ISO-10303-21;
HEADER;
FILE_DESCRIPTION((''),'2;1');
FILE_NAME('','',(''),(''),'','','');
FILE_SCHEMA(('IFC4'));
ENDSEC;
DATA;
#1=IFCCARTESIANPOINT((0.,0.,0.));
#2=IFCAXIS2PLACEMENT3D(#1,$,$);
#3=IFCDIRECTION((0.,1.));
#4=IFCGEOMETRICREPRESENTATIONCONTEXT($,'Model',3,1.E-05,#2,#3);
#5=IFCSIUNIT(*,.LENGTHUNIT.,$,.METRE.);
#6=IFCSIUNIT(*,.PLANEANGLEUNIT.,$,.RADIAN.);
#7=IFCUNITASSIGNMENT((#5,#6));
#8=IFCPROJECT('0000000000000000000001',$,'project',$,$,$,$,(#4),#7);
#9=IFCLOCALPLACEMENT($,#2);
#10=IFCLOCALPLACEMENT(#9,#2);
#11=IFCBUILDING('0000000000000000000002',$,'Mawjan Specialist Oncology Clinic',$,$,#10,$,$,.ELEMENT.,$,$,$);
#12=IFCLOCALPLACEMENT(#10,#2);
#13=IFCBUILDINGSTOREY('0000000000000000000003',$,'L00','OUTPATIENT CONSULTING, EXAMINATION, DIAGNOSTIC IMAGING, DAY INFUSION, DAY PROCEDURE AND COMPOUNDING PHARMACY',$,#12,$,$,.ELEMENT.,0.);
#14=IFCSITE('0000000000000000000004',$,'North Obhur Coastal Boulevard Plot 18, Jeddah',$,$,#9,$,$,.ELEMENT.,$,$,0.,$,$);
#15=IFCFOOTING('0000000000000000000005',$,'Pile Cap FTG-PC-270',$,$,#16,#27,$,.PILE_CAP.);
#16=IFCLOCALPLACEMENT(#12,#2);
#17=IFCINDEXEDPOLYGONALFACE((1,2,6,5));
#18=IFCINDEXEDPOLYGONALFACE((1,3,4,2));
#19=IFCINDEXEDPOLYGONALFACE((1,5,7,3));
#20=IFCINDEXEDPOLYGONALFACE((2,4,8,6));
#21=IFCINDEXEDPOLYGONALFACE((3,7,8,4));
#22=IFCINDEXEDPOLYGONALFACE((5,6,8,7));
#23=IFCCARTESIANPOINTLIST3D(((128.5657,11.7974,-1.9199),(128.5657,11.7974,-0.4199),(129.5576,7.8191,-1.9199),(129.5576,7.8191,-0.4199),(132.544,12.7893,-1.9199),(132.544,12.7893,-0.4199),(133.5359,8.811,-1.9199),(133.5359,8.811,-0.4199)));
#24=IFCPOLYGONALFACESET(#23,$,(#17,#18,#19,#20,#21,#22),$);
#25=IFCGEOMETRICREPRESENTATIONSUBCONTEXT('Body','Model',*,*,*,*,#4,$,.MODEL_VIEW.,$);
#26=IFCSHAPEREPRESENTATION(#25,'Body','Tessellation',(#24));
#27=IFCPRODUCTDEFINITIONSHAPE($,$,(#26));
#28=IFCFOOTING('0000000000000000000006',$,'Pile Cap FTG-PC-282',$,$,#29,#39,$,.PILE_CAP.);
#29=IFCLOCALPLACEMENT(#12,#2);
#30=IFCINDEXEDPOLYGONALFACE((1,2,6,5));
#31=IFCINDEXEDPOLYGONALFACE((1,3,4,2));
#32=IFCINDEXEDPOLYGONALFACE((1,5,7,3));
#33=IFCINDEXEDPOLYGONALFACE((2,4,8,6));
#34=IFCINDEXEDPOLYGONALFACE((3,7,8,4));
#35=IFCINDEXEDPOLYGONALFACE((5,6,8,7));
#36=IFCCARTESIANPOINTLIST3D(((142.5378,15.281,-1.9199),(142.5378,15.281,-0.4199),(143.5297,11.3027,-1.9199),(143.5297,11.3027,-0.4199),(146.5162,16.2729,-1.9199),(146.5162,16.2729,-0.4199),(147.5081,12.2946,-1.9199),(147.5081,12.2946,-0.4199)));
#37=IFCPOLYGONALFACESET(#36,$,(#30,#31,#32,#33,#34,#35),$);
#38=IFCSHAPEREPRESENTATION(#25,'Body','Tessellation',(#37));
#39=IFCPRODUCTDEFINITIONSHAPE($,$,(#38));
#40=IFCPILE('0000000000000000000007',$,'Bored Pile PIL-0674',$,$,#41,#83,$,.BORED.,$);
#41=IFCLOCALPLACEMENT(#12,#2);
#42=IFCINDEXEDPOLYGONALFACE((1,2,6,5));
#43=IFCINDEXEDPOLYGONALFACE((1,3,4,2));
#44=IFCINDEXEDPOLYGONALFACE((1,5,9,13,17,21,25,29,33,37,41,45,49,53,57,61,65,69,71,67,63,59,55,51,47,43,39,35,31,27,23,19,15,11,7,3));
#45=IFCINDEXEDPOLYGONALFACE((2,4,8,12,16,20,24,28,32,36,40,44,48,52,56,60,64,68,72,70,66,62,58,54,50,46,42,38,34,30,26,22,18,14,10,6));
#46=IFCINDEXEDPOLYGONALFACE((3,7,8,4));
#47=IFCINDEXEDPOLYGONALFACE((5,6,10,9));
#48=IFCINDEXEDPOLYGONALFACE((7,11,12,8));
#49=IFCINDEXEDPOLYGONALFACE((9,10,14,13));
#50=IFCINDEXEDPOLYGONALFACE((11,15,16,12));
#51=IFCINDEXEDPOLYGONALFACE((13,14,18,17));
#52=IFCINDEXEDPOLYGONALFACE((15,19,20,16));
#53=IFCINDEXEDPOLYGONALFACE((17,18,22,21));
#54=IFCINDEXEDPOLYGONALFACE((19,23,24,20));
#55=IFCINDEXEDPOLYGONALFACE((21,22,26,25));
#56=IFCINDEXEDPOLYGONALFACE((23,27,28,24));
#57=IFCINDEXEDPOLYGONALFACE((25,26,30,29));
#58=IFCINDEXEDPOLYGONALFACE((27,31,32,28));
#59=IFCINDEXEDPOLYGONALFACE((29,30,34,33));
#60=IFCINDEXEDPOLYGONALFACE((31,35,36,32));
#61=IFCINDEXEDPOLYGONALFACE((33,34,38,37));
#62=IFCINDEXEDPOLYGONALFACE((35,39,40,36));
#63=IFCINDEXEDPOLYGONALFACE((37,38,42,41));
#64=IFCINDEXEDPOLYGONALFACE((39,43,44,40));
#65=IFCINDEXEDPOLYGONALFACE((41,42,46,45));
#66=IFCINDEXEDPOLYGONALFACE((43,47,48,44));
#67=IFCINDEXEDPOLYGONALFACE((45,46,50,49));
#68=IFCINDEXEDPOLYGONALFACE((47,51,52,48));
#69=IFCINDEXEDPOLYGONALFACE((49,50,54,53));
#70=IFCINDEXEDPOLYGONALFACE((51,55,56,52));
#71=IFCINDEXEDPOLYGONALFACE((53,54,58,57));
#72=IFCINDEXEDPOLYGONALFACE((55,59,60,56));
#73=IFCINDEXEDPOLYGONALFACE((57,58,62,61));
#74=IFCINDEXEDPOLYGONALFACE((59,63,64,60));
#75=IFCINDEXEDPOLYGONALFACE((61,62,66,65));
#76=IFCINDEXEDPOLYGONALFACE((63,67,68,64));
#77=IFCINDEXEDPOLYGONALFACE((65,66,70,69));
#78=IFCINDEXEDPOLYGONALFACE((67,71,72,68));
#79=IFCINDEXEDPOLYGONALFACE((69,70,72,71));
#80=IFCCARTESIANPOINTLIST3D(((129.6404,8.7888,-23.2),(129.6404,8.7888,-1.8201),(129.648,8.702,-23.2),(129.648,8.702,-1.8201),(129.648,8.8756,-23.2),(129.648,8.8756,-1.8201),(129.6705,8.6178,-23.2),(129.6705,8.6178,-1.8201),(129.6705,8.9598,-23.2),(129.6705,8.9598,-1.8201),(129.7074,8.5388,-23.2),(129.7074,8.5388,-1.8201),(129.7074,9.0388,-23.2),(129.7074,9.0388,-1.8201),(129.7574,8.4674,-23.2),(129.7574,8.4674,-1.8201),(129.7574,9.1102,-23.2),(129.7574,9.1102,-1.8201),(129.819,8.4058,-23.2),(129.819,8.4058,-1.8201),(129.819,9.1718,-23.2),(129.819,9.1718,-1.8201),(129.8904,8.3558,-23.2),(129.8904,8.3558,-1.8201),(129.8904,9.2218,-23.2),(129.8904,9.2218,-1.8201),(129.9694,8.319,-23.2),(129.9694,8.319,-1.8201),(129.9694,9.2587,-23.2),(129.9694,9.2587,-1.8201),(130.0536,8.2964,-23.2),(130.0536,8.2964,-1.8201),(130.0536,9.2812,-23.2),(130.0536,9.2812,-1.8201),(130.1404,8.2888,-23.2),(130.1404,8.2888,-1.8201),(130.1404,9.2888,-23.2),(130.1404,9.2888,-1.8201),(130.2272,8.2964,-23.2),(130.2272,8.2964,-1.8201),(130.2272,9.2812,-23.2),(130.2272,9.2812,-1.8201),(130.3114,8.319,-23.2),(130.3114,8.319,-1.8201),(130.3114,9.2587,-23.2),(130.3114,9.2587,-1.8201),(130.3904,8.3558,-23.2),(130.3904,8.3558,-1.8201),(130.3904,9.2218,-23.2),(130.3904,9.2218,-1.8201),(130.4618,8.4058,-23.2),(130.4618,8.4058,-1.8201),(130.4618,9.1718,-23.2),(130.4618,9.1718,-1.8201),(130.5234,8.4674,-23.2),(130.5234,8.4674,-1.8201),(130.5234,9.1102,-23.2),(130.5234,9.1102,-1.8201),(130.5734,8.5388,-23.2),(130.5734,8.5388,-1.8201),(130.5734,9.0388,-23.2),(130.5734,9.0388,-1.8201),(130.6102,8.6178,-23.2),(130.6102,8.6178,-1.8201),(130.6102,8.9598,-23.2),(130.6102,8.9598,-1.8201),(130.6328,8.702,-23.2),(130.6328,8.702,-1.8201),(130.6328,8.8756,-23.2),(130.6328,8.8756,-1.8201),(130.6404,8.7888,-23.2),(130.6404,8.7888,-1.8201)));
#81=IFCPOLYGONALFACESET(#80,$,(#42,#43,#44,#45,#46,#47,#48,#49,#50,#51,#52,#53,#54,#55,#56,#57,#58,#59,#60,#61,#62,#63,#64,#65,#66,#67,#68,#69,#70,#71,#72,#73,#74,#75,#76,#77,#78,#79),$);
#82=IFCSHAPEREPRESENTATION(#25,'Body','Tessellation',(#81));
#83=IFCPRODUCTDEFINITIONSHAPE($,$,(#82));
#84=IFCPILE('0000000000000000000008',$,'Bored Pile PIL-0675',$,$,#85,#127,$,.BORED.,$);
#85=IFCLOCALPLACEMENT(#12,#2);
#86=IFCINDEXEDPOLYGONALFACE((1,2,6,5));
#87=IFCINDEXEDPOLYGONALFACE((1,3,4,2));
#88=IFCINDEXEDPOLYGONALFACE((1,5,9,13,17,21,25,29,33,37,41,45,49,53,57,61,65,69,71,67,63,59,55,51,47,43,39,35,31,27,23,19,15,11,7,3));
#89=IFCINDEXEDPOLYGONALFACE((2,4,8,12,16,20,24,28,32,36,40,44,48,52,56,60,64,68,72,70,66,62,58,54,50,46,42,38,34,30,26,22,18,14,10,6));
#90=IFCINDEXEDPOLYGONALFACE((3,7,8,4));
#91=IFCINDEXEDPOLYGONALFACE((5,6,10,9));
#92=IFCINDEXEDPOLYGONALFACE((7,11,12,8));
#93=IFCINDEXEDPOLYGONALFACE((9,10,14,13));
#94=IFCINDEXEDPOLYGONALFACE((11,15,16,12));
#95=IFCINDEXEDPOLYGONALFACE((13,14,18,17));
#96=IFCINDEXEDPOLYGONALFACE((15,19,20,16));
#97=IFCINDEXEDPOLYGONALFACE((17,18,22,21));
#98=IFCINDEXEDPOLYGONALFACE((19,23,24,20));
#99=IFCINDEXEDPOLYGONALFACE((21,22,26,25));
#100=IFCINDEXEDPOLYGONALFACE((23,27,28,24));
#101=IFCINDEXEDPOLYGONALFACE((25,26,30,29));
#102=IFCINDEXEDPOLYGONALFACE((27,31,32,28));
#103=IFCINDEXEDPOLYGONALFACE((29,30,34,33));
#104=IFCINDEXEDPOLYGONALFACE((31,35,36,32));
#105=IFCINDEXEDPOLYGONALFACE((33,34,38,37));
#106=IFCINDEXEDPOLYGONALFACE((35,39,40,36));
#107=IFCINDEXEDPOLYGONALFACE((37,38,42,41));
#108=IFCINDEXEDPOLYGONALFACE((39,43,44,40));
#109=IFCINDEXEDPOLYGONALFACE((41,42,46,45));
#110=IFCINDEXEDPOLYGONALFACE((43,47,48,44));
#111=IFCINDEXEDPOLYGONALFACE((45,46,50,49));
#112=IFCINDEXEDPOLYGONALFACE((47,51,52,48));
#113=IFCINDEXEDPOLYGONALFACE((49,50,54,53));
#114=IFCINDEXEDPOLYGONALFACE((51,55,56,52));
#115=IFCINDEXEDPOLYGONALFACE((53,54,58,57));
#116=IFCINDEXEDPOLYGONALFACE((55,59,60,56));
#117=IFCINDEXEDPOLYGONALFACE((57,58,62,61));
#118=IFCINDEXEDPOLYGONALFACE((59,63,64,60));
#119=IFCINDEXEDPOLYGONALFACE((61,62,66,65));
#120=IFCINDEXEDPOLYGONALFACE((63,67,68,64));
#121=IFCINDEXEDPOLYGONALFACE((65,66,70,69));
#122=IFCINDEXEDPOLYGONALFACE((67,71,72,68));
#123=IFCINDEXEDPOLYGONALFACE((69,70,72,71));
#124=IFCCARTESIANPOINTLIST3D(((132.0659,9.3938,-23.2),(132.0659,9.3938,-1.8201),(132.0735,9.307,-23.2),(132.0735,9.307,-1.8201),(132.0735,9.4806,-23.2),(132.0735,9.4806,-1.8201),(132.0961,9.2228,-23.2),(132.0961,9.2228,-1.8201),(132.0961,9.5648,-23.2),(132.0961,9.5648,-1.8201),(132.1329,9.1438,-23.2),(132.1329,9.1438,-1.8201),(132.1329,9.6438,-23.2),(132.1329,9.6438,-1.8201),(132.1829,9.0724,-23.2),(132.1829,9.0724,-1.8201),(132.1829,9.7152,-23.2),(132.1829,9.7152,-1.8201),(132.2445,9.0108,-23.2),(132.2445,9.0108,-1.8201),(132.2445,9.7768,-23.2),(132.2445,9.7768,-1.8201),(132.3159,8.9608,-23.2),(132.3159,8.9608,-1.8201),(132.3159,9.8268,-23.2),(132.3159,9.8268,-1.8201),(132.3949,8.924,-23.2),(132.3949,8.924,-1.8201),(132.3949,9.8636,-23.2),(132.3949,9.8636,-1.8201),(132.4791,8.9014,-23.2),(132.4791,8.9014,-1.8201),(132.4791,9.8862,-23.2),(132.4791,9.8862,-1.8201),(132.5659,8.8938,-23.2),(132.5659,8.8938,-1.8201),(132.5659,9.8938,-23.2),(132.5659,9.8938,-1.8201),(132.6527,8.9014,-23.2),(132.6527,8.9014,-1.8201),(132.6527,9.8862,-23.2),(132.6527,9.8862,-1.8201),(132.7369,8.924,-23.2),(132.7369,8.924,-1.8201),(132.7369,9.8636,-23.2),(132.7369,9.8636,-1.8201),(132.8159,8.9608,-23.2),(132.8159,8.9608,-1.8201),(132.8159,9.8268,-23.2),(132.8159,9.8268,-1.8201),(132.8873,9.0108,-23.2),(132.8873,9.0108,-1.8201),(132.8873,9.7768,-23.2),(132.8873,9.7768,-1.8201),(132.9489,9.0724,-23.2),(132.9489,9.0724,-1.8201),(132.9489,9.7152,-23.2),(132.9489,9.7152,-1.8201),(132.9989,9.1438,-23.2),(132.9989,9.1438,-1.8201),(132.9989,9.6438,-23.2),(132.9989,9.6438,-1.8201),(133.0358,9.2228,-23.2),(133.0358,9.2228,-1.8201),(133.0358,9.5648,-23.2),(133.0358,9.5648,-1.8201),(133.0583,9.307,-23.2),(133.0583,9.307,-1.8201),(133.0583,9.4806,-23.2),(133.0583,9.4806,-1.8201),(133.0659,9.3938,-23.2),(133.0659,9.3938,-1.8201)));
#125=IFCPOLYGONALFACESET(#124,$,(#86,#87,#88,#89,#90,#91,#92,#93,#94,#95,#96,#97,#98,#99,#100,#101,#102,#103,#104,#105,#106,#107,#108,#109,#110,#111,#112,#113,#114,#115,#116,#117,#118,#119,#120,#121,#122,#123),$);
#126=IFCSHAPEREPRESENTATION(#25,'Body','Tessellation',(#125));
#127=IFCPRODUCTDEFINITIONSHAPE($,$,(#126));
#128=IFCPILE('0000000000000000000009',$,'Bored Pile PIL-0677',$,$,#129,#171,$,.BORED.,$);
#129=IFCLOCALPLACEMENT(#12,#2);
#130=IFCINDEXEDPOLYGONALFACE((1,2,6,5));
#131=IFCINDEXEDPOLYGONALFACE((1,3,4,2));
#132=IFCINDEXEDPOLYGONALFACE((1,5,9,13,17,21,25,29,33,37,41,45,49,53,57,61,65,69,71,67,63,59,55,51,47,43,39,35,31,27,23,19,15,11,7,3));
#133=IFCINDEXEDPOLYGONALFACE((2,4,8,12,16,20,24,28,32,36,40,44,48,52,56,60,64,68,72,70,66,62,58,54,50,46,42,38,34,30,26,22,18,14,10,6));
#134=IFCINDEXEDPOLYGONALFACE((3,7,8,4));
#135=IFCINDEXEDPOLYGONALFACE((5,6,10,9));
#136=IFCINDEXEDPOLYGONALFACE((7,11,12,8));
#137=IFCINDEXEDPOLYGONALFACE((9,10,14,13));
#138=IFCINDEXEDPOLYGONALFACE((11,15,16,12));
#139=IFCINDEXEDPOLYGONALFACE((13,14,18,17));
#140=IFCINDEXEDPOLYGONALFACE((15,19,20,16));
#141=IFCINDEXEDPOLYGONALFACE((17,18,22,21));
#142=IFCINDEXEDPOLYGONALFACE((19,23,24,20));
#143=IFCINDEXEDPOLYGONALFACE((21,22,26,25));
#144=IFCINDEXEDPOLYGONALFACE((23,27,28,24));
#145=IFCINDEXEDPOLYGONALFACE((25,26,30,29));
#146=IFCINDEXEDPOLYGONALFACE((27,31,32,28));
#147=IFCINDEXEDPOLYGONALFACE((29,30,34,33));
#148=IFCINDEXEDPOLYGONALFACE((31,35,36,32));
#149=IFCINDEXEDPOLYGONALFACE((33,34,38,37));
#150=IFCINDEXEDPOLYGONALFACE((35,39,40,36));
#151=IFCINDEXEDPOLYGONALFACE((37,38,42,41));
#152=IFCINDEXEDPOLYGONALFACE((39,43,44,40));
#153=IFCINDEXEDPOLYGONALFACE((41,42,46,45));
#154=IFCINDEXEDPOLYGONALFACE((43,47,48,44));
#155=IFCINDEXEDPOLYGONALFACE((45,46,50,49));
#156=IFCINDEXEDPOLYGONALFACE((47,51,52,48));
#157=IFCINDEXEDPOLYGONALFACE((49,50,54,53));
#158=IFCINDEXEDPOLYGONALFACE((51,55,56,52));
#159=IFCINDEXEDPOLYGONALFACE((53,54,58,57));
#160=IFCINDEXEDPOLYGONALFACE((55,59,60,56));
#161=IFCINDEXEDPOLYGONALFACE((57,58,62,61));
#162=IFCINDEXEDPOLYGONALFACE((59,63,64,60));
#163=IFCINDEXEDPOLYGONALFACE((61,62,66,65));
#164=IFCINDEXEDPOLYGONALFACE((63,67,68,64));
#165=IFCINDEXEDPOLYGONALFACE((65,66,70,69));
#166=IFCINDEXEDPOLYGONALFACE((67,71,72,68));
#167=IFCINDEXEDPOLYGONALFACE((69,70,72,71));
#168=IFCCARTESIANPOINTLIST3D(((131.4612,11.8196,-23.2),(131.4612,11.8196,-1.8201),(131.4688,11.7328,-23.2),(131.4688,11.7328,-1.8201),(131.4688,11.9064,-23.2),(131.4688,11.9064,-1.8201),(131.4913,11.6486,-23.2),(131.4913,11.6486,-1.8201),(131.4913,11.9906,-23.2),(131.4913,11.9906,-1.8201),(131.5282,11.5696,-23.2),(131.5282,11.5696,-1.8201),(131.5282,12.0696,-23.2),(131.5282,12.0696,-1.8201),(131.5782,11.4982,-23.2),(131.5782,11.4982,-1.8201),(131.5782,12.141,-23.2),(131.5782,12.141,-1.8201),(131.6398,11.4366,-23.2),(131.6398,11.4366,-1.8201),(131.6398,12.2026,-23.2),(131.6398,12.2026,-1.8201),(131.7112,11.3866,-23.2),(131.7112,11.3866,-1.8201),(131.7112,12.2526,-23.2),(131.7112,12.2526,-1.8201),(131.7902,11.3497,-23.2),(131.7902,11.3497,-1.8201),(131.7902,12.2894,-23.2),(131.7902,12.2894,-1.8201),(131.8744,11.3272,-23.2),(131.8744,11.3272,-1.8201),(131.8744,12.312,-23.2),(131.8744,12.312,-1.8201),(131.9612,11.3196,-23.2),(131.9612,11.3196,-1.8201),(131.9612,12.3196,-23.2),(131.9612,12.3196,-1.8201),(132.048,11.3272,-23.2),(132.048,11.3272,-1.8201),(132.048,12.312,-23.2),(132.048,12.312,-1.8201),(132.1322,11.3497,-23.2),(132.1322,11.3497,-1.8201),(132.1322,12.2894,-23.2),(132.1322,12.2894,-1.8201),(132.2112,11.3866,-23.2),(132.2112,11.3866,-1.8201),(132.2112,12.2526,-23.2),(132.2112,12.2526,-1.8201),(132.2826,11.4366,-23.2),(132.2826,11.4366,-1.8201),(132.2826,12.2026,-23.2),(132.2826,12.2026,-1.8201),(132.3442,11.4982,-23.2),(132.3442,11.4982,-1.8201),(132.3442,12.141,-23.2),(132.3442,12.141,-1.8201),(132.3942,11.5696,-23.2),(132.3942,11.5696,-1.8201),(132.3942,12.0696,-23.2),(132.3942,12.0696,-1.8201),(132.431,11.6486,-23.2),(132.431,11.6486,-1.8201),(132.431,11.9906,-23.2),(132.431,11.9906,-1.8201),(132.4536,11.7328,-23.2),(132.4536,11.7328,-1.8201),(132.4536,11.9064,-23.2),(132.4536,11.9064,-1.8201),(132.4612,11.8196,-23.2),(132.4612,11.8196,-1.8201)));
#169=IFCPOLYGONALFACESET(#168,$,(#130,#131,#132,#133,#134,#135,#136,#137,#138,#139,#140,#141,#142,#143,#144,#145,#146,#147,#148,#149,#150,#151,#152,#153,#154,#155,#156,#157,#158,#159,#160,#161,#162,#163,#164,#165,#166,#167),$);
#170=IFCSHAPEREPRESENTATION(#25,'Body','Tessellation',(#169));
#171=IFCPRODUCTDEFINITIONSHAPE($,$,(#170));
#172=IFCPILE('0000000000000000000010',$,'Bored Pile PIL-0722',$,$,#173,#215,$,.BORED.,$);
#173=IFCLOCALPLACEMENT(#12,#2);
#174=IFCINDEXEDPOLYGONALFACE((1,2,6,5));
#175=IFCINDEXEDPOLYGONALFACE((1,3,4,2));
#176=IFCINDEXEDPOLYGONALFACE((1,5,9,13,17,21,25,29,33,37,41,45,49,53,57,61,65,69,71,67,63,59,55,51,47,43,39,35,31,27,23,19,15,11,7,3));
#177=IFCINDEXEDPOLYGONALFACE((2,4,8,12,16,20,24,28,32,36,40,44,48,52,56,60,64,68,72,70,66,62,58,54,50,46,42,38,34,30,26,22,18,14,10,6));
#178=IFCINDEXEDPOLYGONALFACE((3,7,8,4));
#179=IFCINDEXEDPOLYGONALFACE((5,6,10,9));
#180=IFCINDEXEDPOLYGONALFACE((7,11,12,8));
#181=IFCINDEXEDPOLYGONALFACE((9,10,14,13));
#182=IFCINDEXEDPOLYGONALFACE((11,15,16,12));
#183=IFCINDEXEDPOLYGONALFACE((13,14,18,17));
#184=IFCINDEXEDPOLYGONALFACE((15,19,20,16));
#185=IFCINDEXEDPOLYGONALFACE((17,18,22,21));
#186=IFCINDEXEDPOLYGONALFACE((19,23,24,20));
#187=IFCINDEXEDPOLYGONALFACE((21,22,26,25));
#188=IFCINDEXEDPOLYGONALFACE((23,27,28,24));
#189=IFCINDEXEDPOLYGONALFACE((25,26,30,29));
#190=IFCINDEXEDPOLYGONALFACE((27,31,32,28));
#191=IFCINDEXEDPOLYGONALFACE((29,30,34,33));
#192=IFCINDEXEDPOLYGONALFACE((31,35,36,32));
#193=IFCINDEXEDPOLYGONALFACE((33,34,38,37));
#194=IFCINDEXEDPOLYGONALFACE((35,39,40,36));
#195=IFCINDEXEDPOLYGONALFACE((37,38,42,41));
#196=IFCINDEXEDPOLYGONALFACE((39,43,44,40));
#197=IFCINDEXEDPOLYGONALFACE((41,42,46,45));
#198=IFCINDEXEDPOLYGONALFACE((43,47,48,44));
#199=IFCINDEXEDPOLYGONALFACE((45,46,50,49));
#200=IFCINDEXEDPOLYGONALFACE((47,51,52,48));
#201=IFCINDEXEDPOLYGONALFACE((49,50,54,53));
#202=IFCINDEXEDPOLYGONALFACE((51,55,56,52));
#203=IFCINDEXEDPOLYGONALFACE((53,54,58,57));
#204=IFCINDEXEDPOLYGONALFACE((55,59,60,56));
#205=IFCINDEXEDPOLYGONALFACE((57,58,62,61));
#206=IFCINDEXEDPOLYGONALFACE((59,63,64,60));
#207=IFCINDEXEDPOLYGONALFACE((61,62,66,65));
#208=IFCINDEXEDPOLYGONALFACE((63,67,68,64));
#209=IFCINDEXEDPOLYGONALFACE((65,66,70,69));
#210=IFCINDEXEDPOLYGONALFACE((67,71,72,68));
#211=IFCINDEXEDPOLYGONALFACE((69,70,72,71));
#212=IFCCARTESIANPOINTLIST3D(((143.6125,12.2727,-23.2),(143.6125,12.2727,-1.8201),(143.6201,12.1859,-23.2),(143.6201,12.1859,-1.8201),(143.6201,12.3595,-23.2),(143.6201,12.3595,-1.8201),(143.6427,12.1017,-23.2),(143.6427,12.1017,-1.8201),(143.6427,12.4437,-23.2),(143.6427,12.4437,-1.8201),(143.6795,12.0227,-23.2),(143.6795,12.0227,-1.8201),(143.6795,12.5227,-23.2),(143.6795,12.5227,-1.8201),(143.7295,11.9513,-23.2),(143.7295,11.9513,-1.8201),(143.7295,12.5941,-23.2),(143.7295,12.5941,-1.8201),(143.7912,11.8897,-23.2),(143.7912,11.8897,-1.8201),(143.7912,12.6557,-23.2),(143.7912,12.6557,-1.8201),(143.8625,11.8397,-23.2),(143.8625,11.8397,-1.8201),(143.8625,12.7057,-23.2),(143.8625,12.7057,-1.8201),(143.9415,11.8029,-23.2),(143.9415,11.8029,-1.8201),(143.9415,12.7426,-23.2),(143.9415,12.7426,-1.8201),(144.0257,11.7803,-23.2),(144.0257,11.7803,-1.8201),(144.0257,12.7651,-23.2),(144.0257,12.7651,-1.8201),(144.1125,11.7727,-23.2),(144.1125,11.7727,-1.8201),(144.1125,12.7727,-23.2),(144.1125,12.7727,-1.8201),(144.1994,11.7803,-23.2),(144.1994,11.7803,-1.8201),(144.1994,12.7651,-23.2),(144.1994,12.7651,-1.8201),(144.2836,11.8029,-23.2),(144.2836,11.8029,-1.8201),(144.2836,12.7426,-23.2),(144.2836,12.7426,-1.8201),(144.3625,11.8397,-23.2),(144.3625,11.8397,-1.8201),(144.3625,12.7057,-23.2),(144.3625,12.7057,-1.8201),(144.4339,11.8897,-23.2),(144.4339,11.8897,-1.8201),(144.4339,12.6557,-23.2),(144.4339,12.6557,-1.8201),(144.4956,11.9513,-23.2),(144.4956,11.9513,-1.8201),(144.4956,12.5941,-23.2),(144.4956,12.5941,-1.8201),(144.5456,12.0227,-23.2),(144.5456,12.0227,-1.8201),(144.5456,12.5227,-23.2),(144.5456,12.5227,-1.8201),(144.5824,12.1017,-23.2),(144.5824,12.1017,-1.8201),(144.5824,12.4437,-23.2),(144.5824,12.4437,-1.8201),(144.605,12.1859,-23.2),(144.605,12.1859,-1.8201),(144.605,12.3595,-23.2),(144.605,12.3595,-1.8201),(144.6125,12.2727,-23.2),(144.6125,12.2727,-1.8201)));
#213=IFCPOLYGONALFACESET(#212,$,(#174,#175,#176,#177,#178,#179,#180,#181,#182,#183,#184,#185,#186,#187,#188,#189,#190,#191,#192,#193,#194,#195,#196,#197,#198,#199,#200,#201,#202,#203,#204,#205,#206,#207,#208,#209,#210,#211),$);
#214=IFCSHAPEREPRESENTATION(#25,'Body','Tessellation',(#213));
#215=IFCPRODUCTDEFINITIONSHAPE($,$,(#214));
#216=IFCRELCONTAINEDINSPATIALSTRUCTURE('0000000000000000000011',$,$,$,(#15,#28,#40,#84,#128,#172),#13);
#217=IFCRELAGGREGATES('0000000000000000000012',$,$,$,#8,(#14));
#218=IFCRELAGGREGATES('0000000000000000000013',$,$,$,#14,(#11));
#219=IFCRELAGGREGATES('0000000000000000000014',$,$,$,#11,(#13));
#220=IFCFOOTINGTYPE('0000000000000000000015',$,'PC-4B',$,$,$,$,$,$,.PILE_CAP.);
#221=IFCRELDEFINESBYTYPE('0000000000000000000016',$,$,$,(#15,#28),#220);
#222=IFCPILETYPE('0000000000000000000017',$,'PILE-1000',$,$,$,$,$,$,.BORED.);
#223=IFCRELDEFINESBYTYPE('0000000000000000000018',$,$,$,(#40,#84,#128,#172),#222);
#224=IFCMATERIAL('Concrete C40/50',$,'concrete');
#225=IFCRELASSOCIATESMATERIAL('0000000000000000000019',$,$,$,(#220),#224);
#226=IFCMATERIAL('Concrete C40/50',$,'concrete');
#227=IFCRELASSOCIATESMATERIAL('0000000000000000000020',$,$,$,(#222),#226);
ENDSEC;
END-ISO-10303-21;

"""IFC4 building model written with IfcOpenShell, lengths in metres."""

from ifc_helpers import new_model, si_unit, direction, frame, origin, origin_2d, place, context, subcontext, project, spatial, rectangle, circle, extrude, material, material_profile, profile_set, type_object, element, save


model = new_model("IFC4")

# Units and contexts
model_context = context("Model", 3, precision=1e-05, world=origin(), true_north=direction((0.0, 1.0)))
body_context = subcontext(model_context, "Body", "Model", "MODEL_VIEW")
ifc_project = project(units=[si_unit("LENGTHUNIT", "METRE"), si_unit("PLANEANGLEUNIT", "RADIAN")], contexts=[model_context])

# Site, building, storey
site_placement = place(None, origin())
site = spatial("IfcSite", under=ifc_project, at=site_placement, Name="North Obhur Coastal Boulevard Plot 18, Jeddah", CompositionType="ELEMENT", RefElevation=0.0)
building_placement = place(site_placement, origin())
building = spatial("IfcBuilding", under=site, at=building_placement, Name="Mawjan Specialist Oncology Clinic", CompositionType="ELEMENT")
storey_placement = place(building_placement, origin())
storey = spatial("IfcBuildingStorey", under=building, at=storey_placement, Name="L00", Description="OUTPATIENT CONSULTING, EXAMINATION, DIAGNOSTIC IMAGING, DAY INFUSION, DAY PROCEDURE AND COMPOUNDING PHARMACY", CompositionType="ELEMENT", Elevation=0.0)

# Footings
ifc_material_1 = material(Name="Concrete C40/50", Category="concrete")
footing_type = type_object("IfcFootingType", Name="PC-4B", PredefinedType="PILE_CAP", material=ifc_material_1)
for number, where, z_axis, x_axis, name in (
    (1, (131.0508, 10.3042, -1.9199), (0.0, 0.0, 1.0), (0.970296, 0.241922, 0.0), "Pile Cap FTG-PC-270"),
    (2, (145.0229, 13.7878, -1.9199), (0.0, 0.0, 1.0), (0.970296, 0.241922, 0.0), "Pile Cap FTG-PC-282"),
):
    element("IfcFooting", number, at=place(storey_placement, frame(where, z_axis=z_axis, x_axis=x_axis)), inside=storey, type_object=footing_type, Name=name, PredefinedType="PILE_CAP", context=body_context, shape_type="SweptSolid", body=[
        extrude(rectangle(XDim=4.1001, YDim=4.1001, at=origin_2d()), origin(), (0.0, 0.0, 1.0), 1.5),
    ])

# Piles
ifc_material_2 = material(Name="Concrete C40/50", Category="concrete")
ifc_material_profile_1 = material_profile(ifc_material_2, circle(Radius=0.5, at=origin_2d()), Name="BORED PILE D1000", Category="concrete")
ifc_profile_set_1 = profile_set([ifc_material_profile_1], Name="Concrete C40/50")
pile_type = type_object("IfcPileType", Name="PILE-1000", PredefinedType="BORED", material=ifc_profile_set_1)
for number, where, z_axis, x_axis, name in (
    (3, (130.1404, 8.7888, -1.8201), (0.0, 0.0, -1.0), (1.0, 0.0, 0.0), "Bored Pile PIL-0674"),
    (4, (132.5659, 9.3938, -1.8201), (0.0, 0.0, -1.0), (1.0, 0.0, 0.0), "Bored Pile PIL-0675"),
    (5, (131.9612, 11.8196, -1.8201), (0.0, 0.0, -1.0), (1.0, 0.0, 0.0), "Bored Pile PIL-0677"),
    (6, (144.1125, 12.2727, -1.8201), (0.0, 0.0, -1.0), (1.0, 0.0, 0.0), "Bored Pile PIL-0722"),
):
    element("IfcPile", number, at=place(storey_placement, frame(where, z_axis=z_axis, x_axis=x_axis)), inside=storey, type_object=pile_type, Name=name, PredefinedType="BORED", context=body_context, shape_type="SweptSolid", body=[
        extrude(circle(Radius=0.5, at=origin_2d()), origin(), (0.0, 0.0, 1.0), 21.3799),
    ])

save(model, "model.ifc")
